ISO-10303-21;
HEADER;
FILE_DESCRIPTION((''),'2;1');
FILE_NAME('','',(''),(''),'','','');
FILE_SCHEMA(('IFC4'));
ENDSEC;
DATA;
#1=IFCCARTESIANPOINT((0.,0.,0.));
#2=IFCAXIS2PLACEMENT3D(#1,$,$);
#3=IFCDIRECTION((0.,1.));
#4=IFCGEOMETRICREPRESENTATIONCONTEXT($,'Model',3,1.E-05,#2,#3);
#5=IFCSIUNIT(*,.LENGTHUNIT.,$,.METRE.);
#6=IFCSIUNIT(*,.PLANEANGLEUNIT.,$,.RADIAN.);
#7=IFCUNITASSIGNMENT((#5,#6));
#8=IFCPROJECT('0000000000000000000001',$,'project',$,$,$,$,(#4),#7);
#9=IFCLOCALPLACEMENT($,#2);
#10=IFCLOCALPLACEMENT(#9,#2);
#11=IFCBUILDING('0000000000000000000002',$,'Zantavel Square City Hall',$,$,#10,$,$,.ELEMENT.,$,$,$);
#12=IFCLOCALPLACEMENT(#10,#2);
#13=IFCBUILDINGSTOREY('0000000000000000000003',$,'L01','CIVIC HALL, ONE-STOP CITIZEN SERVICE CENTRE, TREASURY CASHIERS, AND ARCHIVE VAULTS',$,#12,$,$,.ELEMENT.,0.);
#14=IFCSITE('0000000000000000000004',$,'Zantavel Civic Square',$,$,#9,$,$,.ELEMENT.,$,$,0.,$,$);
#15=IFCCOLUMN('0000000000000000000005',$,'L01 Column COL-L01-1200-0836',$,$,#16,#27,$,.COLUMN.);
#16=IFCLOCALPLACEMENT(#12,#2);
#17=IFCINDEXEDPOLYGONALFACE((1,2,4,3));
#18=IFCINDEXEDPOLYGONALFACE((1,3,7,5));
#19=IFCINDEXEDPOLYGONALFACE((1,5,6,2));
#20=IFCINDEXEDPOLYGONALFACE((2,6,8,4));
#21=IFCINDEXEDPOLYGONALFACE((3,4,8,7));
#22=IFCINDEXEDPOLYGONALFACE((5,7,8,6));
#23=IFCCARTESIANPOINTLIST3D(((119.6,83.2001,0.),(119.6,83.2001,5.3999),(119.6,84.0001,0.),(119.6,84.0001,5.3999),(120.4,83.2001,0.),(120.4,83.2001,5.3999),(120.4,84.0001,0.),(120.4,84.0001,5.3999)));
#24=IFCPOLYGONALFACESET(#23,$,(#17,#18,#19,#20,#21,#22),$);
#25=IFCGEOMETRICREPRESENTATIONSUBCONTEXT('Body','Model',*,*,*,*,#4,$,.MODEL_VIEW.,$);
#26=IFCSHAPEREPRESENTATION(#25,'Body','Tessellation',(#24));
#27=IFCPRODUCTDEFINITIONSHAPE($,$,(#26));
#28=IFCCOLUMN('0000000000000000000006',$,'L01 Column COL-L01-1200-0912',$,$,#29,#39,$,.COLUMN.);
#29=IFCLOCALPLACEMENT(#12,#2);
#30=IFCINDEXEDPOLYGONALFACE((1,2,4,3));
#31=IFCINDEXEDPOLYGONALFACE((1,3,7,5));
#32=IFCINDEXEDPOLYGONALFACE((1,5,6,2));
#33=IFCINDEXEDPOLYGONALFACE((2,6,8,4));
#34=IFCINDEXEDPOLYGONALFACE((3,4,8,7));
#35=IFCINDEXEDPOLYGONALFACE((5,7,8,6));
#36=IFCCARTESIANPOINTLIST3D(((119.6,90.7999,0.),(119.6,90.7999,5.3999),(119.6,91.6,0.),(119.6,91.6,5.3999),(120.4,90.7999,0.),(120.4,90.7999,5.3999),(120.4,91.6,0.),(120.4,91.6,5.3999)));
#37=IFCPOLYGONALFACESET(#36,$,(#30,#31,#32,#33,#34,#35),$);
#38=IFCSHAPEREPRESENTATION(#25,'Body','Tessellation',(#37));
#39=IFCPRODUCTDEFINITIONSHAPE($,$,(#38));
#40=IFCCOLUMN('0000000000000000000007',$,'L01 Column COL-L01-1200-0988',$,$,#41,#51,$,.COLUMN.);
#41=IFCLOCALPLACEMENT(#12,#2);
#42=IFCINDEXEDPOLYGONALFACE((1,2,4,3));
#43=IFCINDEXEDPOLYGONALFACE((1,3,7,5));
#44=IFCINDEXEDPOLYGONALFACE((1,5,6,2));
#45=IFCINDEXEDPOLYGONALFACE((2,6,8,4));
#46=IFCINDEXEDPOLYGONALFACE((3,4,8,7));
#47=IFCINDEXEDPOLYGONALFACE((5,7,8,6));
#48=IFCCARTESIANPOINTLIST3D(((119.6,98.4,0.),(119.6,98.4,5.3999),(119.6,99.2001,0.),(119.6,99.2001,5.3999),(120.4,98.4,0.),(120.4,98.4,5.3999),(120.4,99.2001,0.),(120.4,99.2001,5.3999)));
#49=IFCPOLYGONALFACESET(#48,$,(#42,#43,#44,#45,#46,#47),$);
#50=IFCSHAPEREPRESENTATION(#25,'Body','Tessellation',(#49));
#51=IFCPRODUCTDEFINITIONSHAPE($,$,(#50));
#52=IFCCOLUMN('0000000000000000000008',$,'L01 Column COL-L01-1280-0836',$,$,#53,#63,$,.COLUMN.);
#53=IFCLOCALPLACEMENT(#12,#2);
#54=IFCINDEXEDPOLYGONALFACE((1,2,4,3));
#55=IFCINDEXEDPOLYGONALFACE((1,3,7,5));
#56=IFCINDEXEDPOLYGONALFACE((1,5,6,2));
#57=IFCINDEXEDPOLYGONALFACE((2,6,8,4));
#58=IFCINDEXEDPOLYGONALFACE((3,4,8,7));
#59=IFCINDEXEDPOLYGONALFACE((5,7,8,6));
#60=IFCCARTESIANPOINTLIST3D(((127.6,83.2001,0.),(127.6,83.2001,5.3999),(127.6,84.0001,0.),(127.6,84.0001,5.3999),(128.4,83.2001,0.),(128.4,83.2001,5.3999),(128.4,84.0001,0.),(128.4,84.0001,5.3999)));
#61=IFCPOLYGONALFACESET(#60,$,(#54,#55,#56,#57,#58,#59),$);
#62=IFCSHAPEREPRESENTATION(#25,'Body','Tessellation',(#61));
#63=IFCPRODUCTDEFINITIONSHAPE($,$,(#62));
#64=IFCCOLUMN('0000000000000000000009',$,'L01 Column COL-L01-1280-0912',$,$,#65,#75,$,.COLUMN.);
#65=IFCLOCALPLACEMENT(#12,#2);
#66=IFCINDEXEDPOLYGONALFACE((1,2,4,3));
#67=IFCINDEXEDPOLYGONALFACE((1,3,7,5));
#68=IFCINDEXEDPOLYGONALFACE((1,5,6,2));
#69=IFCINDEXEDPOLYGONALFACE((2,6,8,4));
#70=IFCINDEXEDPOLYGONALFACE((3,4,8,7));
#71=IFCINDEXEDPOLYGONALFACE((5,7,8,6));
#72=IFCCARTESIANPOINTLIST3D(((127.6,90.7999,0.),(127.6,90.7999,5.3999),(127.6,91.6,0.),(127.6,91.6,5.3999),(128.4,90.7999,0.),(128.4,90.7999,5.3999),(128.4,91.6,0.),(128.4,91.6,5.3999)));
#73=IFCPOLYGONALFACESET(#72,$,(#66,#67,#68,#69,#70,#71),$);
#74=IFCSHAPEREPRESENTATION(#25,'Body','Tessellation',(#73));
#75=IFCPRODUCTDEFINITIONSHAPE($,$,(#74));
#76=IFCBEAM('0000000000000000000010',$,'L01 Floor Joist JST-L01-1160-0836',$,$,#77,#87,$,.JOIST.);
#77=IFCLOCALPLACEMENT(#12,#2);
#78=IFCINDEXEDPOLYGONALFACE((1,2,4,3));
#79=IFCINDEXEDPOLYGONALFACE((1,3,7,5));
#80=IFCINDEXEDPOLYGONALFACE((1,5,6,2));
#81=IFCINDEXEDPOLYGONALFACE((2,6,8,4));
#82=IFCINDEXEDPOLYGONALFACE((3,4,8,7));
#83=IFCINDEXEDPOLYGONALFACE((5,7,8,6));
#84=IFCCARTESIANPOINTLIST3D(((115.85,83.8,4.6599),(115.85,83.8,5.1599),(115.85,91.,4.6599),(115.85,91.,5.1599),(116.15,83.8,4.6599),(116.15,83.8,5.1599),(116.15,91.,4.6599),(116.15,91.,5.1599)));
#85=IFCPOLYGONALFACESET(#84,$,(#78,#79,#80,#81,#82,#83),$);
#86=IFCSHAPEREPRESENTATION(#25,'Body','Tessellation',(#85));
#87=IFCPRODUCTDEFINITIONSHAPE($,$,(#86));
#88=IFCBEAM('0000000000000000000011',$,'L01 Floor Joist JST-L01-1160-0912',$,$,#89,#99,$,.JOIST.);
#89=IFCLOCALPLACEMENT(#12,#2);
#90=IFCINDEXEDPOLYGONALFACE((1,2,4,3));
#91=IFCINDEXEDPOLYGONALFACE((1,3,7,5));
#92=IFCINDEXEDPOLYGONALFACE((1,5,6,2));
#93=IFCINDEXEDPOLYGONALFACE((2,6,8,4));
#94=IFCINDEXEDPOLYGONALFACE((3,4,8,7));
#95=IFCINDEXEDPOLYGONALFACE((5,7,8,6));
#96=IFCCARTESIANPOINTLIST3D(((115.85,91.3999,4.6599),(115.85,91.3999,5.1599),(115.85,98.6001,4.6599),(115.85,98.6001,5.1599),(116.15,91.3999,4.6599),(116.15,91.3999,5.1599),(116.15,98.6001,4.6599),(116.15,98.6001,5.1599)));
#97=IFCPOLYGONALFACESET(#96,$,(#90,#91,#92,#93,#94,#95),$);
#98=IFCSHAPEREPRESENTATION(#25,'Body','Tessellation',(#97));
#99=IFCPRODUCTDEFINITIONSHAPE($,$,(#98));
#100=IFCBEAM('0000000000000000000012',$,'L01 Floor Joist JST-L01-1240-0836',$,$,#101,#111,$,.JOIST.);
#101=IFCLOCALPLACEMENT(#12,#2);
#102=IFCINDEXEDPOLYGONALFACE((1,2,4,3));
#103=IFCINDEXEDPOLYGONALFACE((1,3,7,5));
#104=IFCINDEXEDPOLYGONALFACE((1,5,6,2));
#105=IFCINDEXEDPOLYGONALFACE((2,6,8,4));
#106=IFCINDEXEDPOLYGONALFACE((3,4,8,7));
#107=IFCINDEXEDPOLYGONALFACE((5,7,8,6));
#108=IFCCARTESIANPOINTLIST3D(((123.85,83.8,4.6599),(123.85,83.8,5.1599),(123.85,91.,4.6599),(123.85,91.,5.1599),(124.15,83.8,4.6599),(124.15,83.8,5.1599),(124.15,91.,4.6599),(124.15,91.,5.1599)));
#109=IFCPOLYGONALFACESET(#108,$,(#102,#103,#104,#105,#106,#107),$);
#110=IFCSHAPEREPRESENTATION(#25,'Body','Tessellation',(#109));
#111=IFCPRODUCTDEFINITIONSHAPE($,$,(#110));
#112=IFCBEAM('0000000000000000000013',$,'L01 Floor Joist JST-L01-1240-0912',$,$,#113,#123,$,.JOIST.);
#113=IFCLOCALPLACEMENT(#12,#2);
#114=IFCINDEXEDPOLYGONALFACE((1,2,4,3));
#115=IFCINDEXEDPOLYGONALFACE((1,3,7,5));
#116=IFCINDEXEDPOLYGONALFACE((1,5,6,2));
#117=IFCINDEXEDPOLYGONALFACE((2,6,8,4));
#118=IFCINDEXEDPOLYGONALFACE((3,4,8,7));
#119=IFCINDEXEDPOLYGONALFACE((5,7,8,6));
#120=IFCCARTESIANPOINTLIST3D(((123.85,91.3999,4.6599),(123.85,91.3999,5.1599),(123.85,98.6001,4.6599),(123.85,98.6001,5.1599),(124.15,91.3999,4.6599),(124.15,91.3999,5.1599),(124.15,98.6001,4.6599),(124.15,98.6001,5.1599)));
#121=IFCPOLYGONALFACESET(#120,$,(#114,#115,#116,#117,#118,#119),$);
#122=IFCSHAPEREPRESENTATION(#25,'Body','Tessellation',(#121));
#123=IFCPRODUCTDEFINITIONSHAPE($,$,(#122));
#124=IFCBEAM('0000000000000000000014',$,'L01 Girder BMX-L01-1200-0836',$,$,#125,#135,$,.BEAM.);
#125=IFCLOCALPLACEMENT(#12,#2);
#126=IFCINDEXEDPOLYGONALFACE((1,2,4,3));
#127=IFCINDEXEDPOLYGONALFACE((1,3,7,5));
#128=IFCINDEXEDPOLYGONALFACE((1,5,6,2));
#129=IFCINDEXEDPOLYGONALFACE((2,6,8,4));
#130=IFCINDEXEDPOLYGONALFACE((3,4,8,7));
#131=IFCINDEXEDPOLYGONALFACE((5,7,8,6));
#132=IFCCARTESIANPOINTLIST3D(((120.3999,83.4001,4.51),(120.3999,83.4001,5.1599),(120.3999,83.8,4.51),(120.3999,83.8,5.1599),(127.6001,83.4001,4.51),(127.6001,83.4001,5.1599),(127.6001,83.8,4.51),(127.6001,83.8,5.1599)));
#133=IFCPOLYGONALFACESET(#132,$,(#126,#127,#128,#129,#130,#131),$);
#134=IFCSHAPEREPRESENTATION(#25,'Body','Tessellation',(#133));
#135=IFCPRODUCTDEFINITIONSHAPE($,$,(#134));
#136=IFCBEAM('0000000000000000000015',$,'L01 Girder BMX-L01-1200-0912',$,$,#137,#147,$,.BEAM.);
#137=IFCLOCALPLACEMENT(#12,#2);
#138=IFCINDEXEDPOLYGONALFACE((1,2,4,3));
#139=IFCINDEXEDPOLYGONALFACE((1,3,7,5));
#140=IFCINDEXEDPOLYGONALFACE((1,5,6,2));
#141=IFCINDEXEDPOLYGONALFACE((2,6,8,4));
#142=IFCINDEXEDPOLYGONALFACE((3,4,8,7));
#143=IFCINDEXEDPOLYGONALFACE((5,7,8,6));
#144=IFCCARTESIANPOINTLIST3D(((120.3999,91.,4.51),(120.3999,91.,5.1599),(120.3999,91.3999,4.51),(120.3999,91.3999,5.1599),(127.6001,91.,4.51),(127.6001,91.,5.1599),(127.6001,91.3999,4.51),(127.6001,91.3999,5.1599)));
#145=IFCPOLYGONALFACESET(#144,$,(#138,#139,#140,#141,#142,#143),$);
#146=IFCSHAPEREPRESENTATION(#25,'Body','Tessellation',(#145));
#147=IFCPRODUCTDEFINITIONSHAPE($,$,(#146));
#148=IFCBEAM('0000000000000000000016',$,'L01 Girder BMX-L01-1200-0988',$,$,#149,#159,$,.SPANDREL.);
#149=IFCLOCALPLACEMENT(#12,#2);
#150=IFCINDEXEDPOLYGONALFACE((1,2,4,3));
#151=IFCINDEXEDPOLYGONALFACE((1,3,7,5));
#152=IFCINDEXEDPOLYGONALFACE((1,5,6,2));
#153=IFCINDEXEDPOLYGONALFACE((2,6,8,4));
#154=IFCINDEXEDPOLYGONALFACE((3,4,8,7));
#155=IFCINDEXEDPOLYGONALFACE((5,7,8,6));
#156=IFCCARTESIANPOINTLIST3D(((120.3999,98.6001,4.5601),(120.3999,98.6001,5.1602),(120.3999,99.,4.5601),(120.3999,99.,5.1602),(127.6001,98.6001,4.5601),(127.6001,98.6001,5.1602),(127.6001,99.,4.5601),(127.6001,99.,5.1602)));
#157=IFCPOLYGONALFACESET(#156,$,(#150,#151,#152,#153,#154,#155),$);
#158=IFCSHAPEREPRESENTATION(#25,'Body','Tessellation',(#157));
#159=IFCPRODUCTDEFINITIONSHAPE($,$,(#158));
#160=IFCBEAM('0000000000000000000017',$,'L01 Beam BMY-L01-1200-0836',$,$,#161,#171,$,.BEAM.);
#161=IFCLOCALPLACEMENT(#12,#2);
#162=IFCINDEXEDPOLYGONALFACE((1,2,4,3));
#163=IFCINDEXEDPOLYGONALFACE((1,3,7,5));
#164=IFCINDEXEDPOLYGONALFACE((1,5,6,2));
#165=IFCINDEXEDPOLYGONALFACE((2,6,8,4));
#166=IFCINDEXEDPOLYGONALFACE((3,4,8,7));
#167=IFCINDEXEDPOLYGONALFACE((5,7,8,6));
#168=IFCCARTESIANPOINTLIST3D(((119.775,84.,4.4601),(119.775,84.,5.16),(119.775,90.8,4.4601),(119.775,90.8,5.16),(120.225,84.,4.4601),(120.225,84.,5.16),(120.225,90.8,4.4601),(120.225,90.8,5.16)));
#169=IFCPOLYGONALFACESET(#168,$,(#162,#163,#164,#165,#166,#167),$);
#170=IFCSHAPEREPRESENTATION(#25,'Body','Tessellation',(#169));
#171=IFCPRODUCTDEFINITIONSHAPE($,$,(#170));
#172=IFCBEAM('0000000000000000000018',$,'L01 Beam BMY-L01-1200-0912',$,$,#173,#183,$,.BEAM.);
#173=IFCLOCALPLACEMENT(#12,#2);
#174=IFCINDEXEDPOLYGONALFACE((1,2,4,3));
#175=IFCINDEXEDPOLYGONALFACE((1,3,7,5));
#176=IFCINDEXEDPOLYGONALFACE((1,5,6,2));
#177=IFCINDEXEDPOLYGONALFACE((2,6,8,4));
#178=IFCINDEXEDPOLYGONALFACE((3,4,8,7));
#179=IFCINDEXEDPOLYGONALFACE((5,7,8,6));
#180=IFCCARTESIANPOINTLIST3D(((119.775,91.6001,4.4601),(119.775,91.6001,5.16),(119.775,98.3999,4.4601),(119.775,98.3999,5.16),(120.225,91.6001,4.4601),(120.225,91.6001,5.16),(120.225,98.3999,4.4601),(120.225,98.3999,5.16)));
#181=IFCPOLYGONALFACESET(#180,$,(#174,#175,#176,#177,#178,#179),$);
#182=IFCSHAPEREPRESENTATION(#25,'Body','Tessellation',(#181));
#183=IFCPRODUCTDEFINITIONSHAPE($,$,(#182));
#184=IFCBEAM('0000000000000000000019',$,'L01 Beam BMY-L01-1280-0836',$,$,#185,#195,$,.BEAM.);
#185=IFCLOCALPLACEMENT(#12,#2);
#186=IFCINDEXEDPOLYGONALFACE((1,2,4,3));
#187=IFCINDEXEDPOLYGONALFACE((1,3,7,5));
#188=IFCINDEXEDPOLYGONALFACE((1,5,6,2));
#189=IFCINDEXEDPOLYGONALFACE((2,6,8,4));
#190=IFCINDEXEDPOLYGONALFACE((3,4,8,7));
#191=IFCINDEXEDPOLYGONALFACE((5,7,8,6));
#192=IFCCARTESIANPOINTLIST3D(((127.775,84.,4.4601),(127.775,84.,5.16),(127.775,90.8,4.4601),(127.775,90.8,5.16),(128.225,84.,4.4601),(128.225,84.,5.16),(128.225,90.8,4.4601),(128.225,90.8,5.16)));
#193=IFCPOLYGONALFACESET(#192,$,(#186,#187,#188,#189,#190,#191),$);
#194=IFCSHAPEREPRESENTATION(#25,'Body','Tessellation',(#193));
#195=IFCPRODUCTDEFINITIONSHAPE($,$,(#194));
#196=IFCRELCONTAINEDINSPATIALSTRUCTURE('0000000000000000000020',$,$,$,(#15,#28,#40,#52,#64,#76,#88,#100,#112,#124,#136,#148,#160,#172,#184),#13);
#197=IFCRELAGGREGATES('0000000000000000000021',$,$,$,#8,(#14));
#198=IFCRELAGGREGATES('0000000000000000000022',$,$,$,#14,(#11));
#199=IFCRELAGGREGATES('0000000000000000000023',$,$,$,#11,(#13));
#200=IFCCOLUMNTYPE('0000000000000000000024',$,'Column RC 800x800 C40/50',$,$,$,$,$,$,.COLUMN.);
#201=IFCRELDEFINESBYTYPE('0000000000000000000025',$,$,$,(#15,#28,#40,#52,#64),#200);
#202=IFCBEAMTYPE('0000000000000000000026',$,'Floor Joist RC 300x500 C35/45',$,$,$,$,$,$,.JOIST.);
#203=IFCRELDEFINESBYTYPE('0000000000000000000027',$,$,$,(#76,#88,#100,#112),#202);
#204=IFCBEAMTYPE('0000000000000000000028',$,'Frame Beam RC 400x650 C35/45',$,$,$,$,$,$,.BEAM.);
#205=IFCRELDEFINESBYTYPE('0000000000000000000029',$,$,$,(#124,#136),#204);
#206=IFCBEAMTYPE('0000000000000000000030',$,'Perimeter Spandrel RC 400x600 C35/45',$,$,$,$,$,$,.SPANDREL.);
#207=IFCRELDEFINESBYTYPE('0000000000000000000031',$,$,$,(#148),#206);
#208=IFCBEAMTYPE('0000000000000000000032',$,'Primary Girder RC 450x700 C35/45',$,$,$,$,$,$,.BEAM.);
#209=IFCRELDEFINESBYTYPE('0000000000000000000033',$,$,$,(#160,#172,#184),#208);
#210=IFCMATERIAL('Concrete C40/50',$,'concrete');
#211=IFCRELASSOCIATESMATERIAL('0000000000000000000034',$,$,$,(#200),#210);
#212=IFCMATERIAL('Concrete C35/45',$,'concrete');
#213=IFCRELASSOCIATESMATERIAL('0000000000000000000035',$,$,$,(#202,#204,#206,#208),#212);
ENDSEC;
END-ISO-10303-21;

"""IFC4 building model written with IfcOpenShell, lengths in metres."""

from ifc_helpers import new_model, si_unit, direction, frame, origin, origin_2d, place, context, subcontext, project, spatial, rectangle, extrude, material, material_profile, profile_set, type_object, element, save


model = new_model("IFC4")

# Units and contexts
model_context = context("Model", 3, precision=1e-05, world=origin(), true_north=direction((0.0, 1.0)))
body_context = subcontext(model_context, "Body", "Model", "MODEL_VIEW")
ifc_project = project(units=[si_unit("LENGTHUNIT", "METRE"), si_unit("PLANEANGLEUNIT", "RADIAN")], contexts=[model_context])

# Site, building, storey
site_placement = place(None, origin())
site = spatial("IfcSite", under=ifc_project, at=site_placement, Name="Zantavel Civic Square", CompositionType="ELEMENT", RefElevation=0.0)
building_placement = place(site_placement, origin())
building = spatial("IfcBuilding", under=site, at=building_placement, Name="Zantavel Square City Hall", CompositionType="ELEMENT")
storey_placement = place(building_placement, origin())
storey = spatial("IfcBuildingStorey", under=building, at=storey_placement, Name="L01", Description="CIVIC HALL, ONE-STOP CITIZEN SERVICE CENTRE, TREASURY CASHIERS, AND ARCHIVE VAULTS", CompositionType="ELEMENT", Elevation=0.0)

# Columns
ifc_material_1 = material(Name="Concrete C40/50", Category="concrete")
ifc_material_profile_1 = material_profile(ifc_material_1, rectangle(XDim=0.8, YDim=0.8, at=origin_2d()), Name="RC 800x800")
ifc_profile_set_1 = profile_set([ifc_material_profile_1], Name="Concrete C40/50")
column_type = type_object("IfcColumnType", Name="Column RC 800x800 C40/50", PredefinedType="COLUMN", material=ifc_profile_set_1)
for number, where, z_axis, x_axis, name in (
    (1, (120.0, 83.6001, 0.0), (0.0, 0.0, 1.0), (1.0, 0.0, 0.0), "L01 Column COL-L01-1200-0836"),
    (2, (120.0, 91.2, 0.0), (0.0, 0.0, 1.0), (1.0, 0.0, 0.0), "L01 Column COL-L01-1200-0912"),
    (3, (120.0, 98.8, 0.0), (0.0, 0.0, 1.0), (1.0, 0.0, 0.0), "L01 Column COL-L01-1200-0988"),
    (4, (128.0, 83.6001, 0.0), (0.0, 0.0, 1.0), (1.0, 0.0, 0.0), "L01 Column COL-L01-1280-0836"),
    (5, (128.0, 91.2, 0.0), (0.0, 0.0, 1.0), (1.0, 0.0, 0.0), "L01 Column COL-L01-1280-0912"),
):
    element("IfcColumn", number, at=place(storey_placement, frame(where, z_axis=z_axis, x_axis=x_axis)), inside=storey, type_object=column_type, Name=name, PredefinedType="COLUMN", context=body_context, shape_type="SweptSolid", body=[
        extrude(rectangle(XDim=0.8, YDim=0.8, at=origin_2d()), origin(), (0.0, 0.0, 1.0), 5.3999),
    ])

# Beams
ifc_material_2 = material(Name="Concrete C35/45", Category="concrete")
ifc_material_profile_2 = material_profile(ifc_material_2, rectangle(XDim=0.3, YDim=0.5, at=origin_2d()), Name="RC 300x500")
ifc_profile_set_2 = profile_set([ifc_material_profile_2], Name="Concrete C35/45")
beam_type_1 = type_object("IfcBeamType", Name="Floor Joist RC 300x500 C35/45", PredefinedType="JOIST", material=ifc_profile_set_2)
beam_1_placement = place(storey_placement, frame((116.0, 83.8, 4.9099), z_axis=(0.0, 1.0, 0.0), x_axis=(-1.0, 0.0, 0.0)))
element("IfcBeam", 6, at=beam_1_placement, inside=storey, type_object=beam_type_1, Name="L01 Floor Joist JST-L01-1160-0836", PredefinedType="JOIST", context=body_context, shape_type="SweptSolid", body=[
    extrude(rectangle(XDim=0.3, YDim=0.5, at=origin_2d()), origin(), (0.0, 0.0, 1.0), 7.2),
])
beam_2_placement = place(storey_placement, frame((116.0, 91.3999, 4.9099), z_axis=(0.0, 1.0, 0.0), x_axis=(-1.0, 0.0, 0.0)))
element("IfcBeam", 7, at=beam_2_placement, inside=storey, type_object=beam_type_1, Name="L01 Floor Joist JST-L01-1160-0912", PredefinedType="JOIST", context=body_context, shape_type="SweptSolid", body=[
    extrude(rectangle(XDim=0.3, YDim=0.5, at=origin_2d()), origin(), (0.0, 0.0, 1.0), 7.2002),
])
beam_3_placement = place(storey_placement, frame((124.0, 83.8, 4.9099), z_axis=(0.0, 1.0, 0.0), x_axis=(-1.0, 0.0, 0.0)))
element("IfcBeam", 8, at=beam_3_placement, inside=storey, type_object=beam_type_1, Name="L01 Floor Joist JST-L01-1240-0836", PredefinedType="JOIST", context=body_context, shape_type="SweptSolid", body=[
    extrude(rectangle(XDim=0.3, YDim=0.5, at=origin_2d()), origin(), (0.0, 0.0, 1.0), 7.2),
])
beam_4_placement = place(storey_placement, frame((124.0, 91.3999, 4.9099), z_axis=(0.0, 1.0, 0.0), x_axis=(-1.0, 0.0, 0.0)))
element("IfcBeam", 9, at=beam_4_placement, inside=storey, type_object=beam_type_1, Name="L01 Floor Joist JST-L01-1240-0912", PredefinedType="JOIST", context=body_context, shape_type="SweptSolid", body=[
    extrude(rectangle(XDim=0.3, YDim=0.5, at=origin_2d()), origin(), (0.0, 0.0, 1.0), 7.2002),
])
ifc_material_profile_3 = material_profile(ifc_material_2, rectangle(XDim=0.3999, YDim=0.6499, at=origin_2d()), Name="RC 400x650")
ifc_profile_set_3 = profile_set([ifc_material_profile_3], Name="Concrete C35/45")
beam_type_2 = type_object("IfcBeamType", Name="Frame Beam RC 400x650 C35/45", PredefinedType="BEAM", material=ifc_profile_set_3)
for number, where, z_axis, x_axis, name in (
    (10, (120.3999, 83.6001, 4.835), (1.0, 0.0, 0.0), (0.0, 1.0, 0.0), "L01 Girder BMX-L01-1200-0836"),
    (11, (120.3999, 91.2, 4.835), (1.0, 0.0, 0.0), (0.0, 1.0, 0.0), "L01 Girder BMX-L01-1200-0912"),
):
    element("IfcBeam", number, at=place(storey_placement, frame(where, z_axis=z_axis, x_axis=x_axis)), inside=storey, type_object=beam_type_2, Name=name, PredefinedType="BEAM", context=body_context, shape_type="SweptSolid", body=[
        extrude(rectangle(XDim=0.3999, YDim=0.6499, at=origin_2d()), origin(), (0.0, 0.0, 1.0), 7.2002),
    ])
ifc_material_profile_4 = material_profile(ifc_material_2, rectangle(XDim=0.3999, YDim=0.6001, at=origin_2d()), Name="RC 400x600")
ifc_profile_set_4 = profile_set([ifc_material_profile_4], Name="Concrete C35/45")
beam_type_3 = type_object("IfcBeamType", Name="Perimeter Spandrel RC 400x600 C35/45", PredefinedType="SPANDREL", material=ifc_profile_set_4)
beam_5_placement = place(storey_placement, frame((120.3999, 98.8, 4.8601), z_axis=(1.0, 0.0, 0.0), x_axis=(0.0, 1.0, 0.0)))
element("IfcBeam", 12, at=beam_5_placement, inside=storey, type_object=beam_type_3, Name="L01 Girder BMX-L01-1200-0988", PredefinedType="SPANDREL", context=body_context, shape_type="SweptSolid", body=[
    extrude(rectangle(XDim=0.3999, YDim=0.6001, at=origin_2d()), origin(), (0.0, 0.0, 1.0), 7.2002),
])
ifc_material_profile_5 = material_profile(ifc_material_2, rectangle(XDim=0.45, YDim=0.7, at=origin_2d()), Name="RC 450x700")
ifc_profile_set_5 = profile_set([ifc_material_profile_5], Name="Concrete C35/45")
beam_type_4 = type_object("IfcBeamType", Name="Primary Girder RC 450x700 C35/45", PredefinedType="BEAM", material=ifc_profile_set_5)
beam_6_placement = place(storey_placement, frame((120.0, 84.0, 4.8101), z_axis=(0.0, 1.0, 0.0), x_axis=(-1.0, 0.0, 0.0)))
element("IfcBeam", 13, at=beam_6_placement, inside=storey, type_object=beam_type_4, Name="L01 Beam BMY-L01-1200-0836", PredefinedType="BEAM", context=body_context, shape_type="SweptSolid", body=[
    extrude(rectangle(XDim=0.45, YDim=0.7, at=origin_2d()), origin(), (0.0, 0.0, 1.0), 6.8),
])
beam_7_placement = place(storey_placement, frame((120.0, 91.6001, 4.8101), z_axis=(0.0, 1.0, 0.0), x_axis=(-1.0, 0.0, 0.0)))
element("IfcBeam", 14, at=beam_7_placement, inside=storey, type_object=beam_type_4, Name="L01 Beam BMY-L01-1200-0912", PredefinedType="BEAM", context=body_context, shape_type="SweptSolid", body=[
    extrude(rectangle(XDim=0.45, YDim=0.7, at=origin_2d()), origin(), (0.0, 0.0, 1.0), 6.7998),
])
beam_8_placement = place(storey_placement, frame((128.0, 84.0, 4.8101), z_axis=(0.0, 1.0, 0.0), x_axis=(-1.0, 0.0, 0.0)))
element("IfcBeam", 15, at=beam_8_placement, inside=storey, type_object=beam_type_4, Name="L01 Beam BMY-L01-1280-0836", PredefinedType="BEAM", context=body_context, shape_type="SweptSolid", body=[
    extrude(rectangle(XDim=0.45, YDim=0.7, at=origin_2d()), origin(), (0.0, 0.0, 1.0), 6.8),
])

save(model, "model.ifc")
